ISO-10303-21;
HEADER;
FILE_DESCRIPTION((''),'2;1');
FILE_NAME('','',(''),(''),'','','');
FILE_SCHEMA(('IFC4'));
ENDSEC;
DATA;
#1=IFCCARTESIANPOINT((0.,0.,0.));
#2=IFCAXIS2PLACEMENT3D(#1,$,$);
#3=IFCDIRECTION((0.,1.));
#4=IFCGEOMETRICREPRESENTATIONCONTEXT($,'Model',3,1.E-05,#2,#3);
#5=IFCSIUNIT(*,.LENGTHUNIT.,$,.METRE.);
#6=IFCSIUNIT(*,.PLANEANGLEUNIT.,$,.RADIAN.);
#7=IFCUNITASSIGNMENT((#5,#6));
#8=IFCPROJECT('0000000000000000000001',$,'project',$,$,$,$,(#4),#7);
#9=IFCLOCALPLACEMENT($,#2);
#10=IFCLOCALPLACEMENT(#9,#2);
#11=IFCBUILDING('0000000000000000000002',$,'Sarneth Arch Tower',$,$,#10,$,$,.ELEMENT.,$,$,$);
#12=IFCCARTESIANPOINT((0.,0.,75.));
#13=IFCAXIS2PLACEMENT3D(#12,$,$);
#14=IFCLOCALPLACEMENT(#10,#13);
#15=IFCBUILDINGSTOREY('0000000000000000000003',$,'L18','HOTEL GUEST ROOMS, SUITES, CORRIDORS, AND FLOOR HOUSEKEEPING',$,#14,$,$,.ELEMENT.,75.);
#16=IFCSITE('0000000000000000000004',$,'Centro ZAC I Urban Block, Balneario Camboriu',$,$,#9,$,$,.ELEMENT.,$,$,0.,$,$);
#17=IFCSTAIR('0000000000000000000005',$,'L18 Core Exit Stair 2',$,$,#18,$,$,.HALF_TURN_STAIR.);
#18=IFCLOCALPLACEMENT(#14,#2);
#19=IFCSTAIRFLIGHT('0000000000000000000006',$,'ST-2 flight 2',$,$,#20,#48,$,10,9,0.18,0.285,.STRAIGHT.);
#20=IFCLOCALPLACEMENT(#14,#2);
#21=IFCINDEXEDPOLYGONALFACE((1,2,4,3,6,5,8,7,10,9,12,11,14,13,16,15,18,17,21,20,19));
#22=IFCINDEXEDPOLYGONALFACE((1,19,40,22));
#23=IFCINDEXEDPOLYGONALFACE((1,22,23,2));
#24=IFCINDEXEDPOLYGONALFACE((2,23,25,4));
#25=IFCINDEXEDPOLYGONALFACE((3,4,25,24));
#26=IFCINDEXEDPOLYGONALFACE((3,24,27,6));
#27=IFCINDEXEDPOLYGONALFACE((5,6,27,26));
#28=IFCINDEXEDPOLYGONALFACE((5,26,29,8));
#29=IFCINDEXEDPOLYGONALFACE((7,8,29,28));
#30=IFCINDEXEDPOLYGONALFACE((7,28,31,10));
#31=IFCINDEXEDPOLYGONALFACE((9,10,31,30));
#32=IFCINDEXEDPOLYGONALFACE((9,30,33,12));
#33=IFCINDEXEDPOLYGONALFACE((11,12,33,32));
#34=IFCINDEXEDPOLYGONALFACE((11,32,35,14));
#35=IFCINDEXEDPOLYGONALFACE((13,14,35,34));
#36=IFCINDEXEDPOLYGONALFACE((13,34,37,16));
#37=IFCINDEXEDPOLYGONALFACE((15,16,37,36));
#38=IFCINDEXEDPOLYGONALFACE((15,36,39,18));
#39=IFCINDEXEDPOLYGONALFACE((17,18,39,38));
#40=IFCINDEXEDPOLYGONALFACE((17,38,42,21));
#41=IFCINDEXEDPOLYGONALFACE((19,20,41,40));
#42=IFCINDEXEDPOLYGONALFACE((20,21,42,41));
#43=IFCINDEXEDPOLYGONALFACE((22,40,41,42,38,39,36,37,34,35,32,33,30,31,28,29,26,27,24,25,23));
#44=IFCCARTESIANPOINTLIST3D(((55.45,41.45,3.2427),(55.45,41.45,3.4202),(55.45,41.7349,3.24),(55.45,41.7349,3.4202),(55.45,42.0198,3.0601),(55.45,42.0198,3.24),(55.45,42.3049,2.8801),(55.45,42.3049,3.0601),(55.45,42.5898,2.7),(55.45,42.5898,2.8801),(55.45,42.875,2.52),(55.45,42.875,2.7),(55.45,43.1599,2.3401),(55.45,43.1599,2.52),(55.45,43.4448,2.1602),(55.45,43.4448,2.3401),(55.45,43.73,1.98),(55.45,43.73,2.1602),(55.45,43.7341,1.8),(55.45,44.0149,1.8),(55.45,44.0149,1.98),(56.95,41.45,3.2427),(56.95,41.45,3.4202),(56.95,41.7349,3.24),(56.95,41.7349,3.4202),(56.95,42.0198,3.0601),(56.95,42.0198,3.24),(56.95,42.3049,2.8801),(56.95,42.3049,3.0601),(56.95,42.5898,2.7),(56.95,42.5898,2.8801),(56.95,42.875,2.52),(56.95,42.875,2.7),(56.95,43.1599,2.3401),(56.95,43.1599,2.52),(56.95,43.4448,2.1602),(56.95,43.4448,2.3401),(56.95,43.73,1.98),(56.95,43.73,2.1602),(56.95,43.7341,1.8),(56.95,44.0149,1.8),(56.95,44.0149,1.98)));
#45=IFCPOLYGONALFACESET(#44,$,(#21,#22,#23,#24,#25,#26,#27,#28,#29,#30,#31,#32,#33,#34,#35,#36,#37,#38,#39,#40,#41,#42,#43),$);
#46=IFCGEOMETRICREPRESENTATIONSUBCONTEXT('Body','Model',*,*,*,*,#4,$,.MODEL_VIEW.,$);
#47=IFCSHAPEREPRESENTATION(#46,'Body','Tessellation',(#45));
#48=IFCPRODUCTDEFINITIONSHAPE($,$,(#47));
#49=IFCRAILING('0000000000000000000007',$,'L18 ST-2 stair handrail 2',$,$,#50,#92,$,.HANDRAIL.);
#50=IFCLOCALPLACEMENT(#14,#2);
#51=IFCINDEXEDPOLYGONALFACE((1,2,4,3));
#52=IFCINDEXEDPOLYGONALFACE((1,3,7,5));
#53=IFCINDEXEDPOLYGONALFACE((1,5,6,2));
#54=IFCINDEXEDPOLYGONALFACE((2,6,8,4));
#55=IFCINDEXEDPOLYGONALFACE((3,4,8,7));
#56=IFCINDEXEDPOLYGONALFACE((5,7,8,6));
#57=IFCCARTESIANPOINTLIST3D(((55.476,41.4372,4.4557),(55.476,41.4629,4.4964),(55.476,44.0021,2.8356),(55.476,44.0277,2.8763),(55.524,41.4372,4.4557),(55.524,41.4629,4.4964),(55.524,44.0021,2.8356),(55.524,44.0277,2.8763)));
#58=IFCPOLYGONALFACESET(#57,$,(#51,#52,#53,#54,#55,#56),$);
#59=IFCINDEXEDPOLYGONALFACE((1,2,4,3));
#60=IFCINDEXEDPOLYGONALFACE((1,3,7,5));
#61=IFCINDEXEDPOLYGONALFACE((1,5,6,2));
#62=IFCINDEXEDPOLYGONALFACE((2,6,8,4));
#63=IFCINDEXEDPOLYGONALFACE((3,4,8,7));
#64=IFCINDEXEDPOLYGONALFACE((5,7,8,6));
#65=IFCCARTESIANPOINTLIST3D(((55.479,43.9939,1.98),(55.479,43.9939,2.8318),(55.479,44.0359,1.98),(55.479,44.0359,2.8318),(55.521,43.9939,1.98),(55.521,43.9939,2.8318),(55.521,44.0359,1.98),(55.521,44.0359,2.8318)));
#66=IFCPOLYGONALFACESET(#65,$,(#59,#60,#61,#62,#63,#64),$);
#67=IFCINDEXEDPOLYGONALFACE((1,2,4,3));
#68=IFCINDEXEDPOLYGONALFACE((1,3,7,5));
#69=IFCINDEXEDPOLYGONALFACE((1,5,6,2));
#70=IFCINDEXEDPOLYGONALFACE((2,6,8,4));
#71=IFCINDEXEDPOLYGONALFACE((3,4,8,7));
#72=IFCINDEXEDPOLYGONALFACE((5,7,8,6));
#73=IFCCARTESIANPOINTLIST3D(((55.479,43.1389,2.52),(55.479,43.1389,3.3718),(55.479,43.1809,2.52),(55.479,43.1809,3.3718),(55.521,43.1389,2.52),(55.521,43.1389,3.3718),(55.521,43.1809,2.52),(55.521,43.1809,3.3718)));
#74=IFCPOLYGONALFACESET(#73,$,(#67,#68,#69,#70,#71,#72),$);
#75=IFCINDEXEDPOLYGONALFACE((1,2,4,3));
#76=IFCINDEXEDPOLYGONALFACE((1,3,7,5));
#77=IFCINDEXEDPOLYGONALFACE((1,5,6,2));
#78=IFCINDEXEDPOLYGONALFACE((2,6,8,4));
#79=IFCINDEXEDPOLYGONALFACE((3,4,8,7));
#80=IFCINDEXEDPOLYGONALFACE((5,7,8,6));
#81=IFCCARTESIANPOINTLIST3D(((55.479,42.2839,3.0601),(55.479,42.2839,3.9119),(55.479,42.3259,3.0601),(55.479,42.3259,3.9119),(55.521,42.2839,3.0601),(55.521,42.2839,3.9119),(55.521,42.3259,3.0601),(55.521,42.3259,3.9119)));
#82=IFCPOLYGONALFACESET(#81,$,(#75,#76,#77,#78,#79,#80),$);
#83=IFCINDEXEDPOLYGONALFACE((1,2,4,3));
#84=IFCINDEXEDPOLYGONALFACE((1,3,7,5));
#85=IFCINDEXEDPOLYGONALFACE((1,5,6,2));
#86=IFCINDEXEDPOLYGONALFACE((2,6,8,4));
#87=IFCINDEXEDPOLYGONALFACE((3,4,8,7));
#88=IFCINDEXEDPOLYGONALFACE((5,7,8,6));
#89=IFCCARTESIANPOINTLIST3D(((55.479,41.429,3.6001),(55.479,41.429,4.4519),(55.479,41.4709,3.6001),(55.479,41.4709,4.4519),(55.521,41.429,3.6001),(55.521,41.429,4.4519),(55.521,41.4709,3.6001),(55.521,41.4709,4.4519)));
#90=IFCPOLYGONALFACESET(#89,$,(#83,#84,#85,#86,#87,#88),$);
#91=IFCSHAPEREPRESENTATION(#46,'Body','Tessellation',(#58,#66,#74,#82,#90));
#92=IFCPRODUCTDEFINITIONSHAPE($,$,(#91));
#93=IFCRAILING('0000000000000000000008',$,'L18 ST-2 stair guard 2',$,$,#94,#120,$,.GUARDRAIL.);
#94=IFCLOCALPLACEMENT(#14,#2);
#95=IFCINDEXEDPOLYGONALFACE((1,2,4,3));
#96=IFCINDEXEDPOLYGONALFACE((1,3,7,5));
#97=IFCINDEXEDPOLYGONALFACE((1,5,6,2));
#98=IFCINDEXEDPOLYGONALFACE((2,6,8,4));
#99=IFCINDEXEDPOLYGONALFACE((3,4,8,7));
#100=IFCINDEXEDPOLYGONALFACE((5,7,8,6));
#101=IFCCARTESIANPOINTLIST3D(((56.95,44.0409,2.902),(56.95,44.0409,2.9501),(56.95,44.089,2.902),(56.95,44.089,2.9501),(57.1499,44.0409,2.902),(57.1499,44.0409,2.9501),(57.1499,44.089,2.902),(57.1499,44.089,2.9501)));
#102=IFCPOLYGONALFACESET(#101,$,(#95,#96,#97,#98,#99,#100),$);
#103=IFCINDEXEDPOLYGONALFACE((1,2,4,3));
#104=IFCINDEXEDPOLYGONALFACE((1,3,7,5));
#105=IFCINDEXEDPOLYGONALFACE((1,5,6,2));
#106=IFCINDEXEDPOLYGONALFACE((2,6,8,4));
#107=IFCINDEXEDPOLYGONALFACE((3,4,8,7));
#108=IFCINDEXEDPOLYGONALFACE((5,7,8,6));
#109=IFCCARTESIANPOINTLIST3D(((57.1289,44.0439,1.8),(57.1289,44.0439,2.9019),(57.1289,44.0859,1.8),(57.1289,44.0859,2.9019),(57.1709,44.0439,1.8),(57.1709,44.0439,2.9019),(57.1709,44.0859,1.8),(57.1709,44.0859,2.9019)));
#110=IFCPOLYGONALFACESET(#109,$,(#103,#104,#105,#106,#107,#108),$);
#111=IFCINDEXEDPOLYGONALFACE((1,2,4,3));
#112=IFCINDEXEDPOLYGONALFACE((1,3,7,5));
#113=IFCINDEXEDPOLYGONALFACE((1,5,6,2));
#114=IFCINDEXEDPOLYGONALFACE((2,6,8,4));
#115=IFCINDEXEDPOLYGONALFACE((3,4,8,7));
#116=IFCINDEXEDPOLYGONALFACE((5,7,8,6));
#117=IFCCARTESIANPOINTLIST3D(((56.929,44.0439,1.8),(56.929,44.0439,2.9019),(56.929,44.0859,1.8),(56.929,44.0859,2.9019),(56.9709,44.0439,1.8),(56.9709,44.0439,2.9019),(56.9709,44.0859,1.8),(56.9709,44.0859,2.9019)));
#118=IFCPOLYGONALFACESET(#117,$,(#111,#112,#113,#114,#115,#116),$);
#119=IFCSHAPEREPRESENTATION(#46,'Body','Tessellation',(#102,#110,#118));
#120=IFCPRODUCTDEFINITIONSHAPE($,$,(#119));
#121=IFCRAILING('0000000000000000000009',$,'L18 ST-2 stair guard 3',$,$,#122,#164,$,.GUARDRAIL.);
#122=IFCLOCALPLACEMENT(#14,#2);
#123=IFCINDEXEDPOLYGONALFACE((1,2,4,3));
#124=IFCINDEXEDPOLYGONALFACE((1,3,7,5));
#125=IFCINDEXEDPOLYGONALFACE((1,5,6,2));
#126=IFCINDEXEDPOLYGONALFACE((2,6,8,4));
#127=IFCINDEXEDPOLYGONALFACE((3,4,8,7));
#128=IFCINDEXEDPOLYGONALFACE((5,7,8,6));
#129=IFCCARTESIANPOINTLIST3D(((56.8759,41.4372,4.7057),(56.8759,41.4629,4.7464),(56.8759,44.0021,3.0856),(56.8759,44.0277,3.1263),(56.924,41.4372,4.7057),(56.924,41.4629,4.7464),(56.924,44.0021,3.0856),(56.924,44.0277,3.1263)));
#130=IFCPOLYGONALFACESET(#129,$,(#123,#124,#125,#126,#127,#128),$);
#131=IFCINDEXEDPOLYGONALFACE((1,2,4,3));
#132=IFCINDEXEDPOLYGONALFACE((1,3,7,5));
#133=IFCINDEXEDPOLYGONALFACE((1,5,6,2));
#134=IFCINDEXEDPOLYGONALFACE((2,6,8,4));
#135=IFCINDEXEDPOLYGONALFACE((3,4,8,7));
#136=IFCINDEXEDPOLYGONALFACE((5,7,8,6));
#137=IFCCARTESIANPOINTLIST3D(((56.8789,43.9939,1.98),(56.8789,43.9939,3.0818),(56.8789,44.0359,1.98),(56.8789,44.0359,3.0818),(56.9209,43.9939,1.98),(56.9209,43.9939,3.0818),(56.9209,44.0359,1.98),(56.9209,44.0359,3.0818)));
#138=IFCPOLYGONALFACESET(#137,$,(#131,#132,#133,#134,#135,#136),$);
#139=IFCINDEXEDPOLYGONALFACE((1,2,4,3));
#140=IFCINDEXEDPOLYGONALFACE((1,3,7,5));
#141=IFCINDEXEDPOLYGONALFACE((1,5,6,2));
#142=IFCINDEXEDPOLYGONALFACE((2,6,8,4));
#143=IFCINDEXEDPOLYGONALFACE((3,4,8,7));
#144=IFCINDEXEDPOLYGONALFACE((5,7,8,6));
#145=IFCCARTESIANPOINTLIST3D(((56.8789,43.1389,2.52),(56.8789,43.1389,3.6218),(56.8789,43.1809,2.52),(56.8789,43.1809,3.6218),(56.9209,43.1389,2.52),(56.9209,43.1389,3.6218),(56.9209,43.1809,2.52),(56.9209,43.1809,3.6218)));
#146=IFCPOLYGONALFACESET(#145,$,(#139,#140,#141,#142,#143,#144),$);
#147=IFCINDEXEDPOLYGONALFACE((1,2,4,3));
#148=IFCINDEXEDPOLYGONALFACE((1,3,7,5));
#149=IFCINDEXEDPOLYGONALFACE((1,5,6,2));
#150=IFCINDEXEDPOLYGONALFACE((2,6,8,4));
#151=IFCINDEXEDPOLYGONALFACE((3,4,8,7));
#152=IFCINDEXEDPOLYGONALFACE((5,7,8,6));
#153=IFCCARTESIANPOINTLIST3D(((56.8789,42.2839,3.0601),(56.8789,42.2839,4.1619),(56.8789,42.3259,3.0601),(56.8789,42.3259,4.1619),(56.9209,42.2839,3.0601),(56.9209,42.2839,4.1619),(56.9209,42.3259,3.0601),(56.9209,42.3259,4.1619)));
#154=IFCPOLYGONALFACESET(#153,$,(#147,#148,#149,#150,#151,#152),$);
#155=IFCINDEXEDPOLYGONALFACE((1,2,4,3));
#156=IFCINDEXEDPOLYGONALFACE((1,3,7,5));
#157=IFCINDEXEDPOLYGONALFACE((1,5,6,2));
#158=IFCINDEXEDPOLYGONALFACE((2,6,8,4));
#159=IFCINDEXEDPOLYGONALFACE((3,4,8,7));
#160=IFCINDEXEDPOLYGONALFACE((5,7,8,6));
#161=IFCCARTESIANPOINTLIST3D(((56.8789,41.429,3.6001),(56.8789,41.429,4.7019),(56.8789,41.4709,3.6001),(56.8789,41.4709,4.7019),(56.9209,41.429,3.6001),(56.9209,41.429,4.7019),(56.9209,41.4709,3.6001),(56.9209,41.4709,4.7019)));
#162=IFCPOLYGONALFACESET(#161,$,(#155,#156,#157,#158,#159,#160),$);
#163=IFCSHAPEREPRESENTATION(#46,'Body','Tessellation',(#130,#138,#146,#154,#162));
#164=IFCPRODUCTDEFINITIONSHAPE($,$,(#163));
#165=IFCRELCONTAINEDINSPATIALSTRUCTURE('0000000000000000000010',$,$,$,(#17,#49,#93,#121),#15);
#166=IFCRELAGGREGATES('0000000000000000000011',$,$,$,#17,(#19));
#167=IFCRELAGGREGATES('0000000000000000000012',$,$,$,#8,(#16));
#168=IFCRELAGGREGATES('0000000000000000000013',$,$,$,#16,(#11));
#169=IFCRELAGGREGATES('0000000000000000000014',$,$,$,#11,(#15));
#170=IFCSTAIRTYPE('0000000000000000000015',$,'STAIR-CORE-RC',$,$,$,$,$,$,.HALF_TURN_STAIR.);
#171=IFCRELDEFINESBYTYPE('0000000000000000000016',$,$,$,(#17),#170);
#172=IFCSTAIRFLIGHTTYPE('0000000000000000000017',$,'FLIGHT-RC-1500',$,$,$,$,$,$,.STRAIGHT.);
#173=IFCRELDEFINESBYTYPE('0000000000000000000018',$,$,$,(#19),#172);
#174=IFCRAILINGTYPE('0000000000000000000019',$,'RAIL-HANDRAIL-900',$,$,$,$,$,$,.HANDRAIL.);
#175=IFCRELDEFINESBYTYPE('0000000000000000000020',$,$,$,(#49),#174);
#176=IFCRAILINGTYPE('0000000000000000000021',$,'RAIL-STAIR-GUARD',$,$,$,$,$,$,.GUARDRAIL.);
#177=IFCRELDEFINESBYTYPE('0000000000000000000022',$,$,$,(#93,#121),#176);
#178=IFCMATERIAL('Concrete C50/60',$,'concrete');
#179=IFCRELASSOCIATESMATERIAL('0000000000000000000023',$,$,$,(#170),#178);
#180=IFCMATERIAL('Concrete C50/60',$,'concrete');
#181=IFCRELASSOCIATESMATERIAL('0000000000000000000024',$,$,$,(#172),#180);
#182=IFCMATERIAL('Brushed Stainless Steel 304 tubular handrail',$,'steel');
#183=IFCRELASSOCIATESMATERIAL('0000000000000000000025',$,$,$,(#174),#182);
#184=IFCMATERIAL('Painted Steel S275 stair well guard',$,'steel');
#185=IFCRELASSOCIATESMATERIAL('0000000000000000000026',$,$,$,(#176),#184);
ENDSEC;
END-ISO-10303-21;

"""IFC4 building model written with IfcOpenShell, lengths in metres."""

from ifc_helpers import new_model, si_unit, direction, frame, origin, origin_2d, place, context, subcontext, project, spatial, polyline, rectangle, outline, extrude, material, type_object, element, aggregate, save


model = new_model("IFC4")

# Units and contexts
model_context = context("Model", 3, precision=1e-05, world=origin(), true_north=direction((0.0, 1.0)))
body_context = subcontext(model_context, "Body", "Model", "MODEL_VIEW")
ifc_project = project(units=[si_unit("LENGTHUNIT", "METRE"), si_unit("PLANEANGLEUNIT", "RADIAN")], contexts=[model_context])

# Site, building, storey
site_placement = place(None, origin())
site = spatial("IfcSite", under=ifc_project, at=site_placement, Name="Centro ZAC I Urban Block, Balneario Camboriu", CompositionType="ELEMENT", RefElevation=0.0)
building_placement = place(site_placement, origin())
building = spatial("IfcBuilding", under=site, at=building_placement, Name="Sarneth Arch Tower", CompositionType="ELEMENT")
storey_placement = place(building_placement, frame((0.0, 0.0, 75.0)))
storey = spatial("IfcBuildingStorey", under=building, at=storey_placement, Name="L18", Description="HOTEL GUEST ROOMS, SUITES, CORRIDORS, AND FLOOR HOUSEKEEPING", CompositionType="ELEMENT", Elevation=75.0)

# Stair, stair flight
ifc_material_1 = material(Name="Concrete C50/60", Category="concrete")
stair_type = type_object("IfcStairType", Name="STAIR-CORE-RC", PredefinedType="HALF_TURN_STAIR", material=ifc_material_1)
stair_placement = place(storey_placement, origin())
stair = element("IfcStair", 1, at=stair_placement, inside=storey, type_object=stair_type, Name="L18 Core Exit Stair 2", PredefinedType="HALF_TURN_STAIR")
ifc_material_2 = material(Name="Concrete C50/60", Category="concrete")
stair_flight_type = type_object("IfcStairFlightType", Name="FLIGHT-RC-1500", PredefinedType="STRAIGHT", material=ifc_material_2)
stair_flight_placement = place(storey_placement, frame((56.2, 44.0149, 1.8), z_axis=(0.0, 0.0, 1.0), x_axis=(0.0, -1.0, 0.0)))
stair_flight = element("IfcStairFlight", 2, at=stair_flight_placement, type_object=stair_flight_type, Name="ST-2 flight 2", NumberOfRisers=10, NumberOfTreads=9, PredefinedType="STRAIGHT", RiserHeight=0.18, TreadLength=0.285, context=body_context, shape_type="SweptSolid", body=[
    extrude(outline(polyline([(0.0, 0.0), (0.0, 0.1799), (0.2849, 0.1799), (0.2849, 0.3601), (0.5701, 0.3601), (0.5701, 0.54), (0.855, 0.54), (0.855, 0.72), (1.1399, 0.72), (1.1399, 0.8999), (1.425, 0.8999), (1.425, 1.0801), (1.71, 1.0801), (1.71, 1.26), (1.9951, 1.26), (1.9951, 1.4399), (2.28, 1.4399), (2.28, 1.6201), (2.5649, 1.6201), (2.5649, 1.8), (2.5649, 1.4426), (0.2808, 0.0), (0.0, 0.0)])), frame((0.0, 0.75, 0.0), z_axis=(0.0, -1.0, 0.0), x_axis=(1.0, 0.0, 0.0)), (0.0, 0.0, 1.0), 1.5),
])
aggregate(stair, [stair_flight])

# Railings
ifc_material_3 = material(Name="Brushed Stainless Steel 304 tubular handrail", Category="steel")
railing_type_1 = type_object("IfcRailingType", Name="RAIL-HANDRAIL-900", PredefinedType="HANDRAIL", material=ifc_material_3)
railing_1_placement = place(storey_placement, frame((55.5, 44.0149, 1.98)))
element("IfcRailing", 3, at=railing_1_placement, inside=storey, type_object=railing_type_1, Name="L18 ST-2 stair handrail 2", PredefinedType="HANDRAIL", context=body_context, shape_type="SweptSolid", body=[
    extrude(rectangle(XDim=0.0481, YDim=0.0481, at=origin_2d()), frame((0.0, 0.0, 0.876), z_axis=(0.0, -0.845466, 0.534029), x_axis=(1.0, 0.0, 0.0)), (0.0, 0.0, 1.0), 3.0337),
    extrude(rectangle(XDim=0.042, YDim=0.042, at=origin_2d()), origin(), (0.0, 0.0, 1.0), 0.8518),
    extrude(rectangle(XDim=0.042, YDim=0.042, at=origin_2d()), frame((0.0, -0.855, 0.54)), (0.0, 0.0, 1.0), 0.8518),
    extrude(rectangle(XDim=0.042, YDim=0.042, at=origin_2d()), frame((0.0, -1.71, 1.0801)), (0.0, 0.0, 1.0), 0.8518),
    extrude(rectangle(XDim=0.042, YDim=0.042, at=origin_2d()), frame((0.0, -2.5649, 1.6201)), (0.0, 0.0, 1.0), 0.8518),
])
ifc_material_4 = material(Name="Painted Steel S275 stair well guard", Category="steel")
railing_type_2 = type_object("IfcRailingType", Name="RAIL-STAIR-GUARD", PredefinedType="GUARDRAIL", material=ifc_material_4)
railing_2_placement = place(storey_placement, frame((57.1499, 44.0649, 1.8)))
element("IfcRailing", 4, at=railing_2_placement, inside=storey, type_object=railing_type_2, Name="L18 ST-2 stair guard 2", PredefinedType="GUARDRAIL", context=body_context, shape_type="SweptSolid", body=[
    extrude(rectangle(XDim=0.0481, YDim=0.0481, at=origin_2d()), frame((0.0, 0.0, 1.126), z_axis=(-1.0, 0.0, 0.0), x_axis=(0.0, -1.0, 0.0)), (0.0, 0.0, 1.0), 0.2),
    extrude(rectangle(XDim=0.042, YDim=0.042, at=origin_2d()), origin(), (0.0, 0.0, 1.0), 1.1018),
    extrude(rectangle(XDim=0.042, YDim=0.042, at=origin_2d()), frame((-0.2, 0.0, 0.0)), (0.0, 0.0, 1.0), 1.1018),
])
railing_3_placement = place(storey_placement, frame((56.8999, 44.0149, 1.98)))
element("IfcRailing", 5, at=railing_3_placement, inside=storey, type_object=railing_type_2, Name="L18 ST-2 stair guard 3", PredefinedType="GUARDRAIL", context=body_context, shape_type="SweptSolid", body=[
    extrude(rectangle(XDim=0.0481, YDim=0.0481, at=origin_2d()), frame((0.0, 0.0, 1.126), z_axis=(0.0, -0.845466, 0.534029), x_axis=(1.0, 0.0, 0.0)), (0.0, 0.0, 1.0), 3.0337),
    extrude(rectangle(XDim=0.042, YDim=0.042, at=origin_2d()), origin(), (0.0, 0.0, 1.0), 1.1018),
    extrude(rectangle(XDim=0.042, YDim=0.042, at=origin_2d()), frame((0.0, -0.855, 0.54)), (0.0, 0.0, 1.0), 1.1018),
    extrude(rectangle(XDim=0.042, YDim=0.042, at=origin_2d()), frame((0.0, -1.71, 1.0801)), (0.0, 0.0, 1.0), 1.1018),
    extrude(rectangle(XDim=0.042, YDim=0.042, at=origin_2d()), frame((0.0, -2.5649, 1.6201)), (0.0, 0.0, 1.0), 1.1018),
])

save(model, "model.ifc")
